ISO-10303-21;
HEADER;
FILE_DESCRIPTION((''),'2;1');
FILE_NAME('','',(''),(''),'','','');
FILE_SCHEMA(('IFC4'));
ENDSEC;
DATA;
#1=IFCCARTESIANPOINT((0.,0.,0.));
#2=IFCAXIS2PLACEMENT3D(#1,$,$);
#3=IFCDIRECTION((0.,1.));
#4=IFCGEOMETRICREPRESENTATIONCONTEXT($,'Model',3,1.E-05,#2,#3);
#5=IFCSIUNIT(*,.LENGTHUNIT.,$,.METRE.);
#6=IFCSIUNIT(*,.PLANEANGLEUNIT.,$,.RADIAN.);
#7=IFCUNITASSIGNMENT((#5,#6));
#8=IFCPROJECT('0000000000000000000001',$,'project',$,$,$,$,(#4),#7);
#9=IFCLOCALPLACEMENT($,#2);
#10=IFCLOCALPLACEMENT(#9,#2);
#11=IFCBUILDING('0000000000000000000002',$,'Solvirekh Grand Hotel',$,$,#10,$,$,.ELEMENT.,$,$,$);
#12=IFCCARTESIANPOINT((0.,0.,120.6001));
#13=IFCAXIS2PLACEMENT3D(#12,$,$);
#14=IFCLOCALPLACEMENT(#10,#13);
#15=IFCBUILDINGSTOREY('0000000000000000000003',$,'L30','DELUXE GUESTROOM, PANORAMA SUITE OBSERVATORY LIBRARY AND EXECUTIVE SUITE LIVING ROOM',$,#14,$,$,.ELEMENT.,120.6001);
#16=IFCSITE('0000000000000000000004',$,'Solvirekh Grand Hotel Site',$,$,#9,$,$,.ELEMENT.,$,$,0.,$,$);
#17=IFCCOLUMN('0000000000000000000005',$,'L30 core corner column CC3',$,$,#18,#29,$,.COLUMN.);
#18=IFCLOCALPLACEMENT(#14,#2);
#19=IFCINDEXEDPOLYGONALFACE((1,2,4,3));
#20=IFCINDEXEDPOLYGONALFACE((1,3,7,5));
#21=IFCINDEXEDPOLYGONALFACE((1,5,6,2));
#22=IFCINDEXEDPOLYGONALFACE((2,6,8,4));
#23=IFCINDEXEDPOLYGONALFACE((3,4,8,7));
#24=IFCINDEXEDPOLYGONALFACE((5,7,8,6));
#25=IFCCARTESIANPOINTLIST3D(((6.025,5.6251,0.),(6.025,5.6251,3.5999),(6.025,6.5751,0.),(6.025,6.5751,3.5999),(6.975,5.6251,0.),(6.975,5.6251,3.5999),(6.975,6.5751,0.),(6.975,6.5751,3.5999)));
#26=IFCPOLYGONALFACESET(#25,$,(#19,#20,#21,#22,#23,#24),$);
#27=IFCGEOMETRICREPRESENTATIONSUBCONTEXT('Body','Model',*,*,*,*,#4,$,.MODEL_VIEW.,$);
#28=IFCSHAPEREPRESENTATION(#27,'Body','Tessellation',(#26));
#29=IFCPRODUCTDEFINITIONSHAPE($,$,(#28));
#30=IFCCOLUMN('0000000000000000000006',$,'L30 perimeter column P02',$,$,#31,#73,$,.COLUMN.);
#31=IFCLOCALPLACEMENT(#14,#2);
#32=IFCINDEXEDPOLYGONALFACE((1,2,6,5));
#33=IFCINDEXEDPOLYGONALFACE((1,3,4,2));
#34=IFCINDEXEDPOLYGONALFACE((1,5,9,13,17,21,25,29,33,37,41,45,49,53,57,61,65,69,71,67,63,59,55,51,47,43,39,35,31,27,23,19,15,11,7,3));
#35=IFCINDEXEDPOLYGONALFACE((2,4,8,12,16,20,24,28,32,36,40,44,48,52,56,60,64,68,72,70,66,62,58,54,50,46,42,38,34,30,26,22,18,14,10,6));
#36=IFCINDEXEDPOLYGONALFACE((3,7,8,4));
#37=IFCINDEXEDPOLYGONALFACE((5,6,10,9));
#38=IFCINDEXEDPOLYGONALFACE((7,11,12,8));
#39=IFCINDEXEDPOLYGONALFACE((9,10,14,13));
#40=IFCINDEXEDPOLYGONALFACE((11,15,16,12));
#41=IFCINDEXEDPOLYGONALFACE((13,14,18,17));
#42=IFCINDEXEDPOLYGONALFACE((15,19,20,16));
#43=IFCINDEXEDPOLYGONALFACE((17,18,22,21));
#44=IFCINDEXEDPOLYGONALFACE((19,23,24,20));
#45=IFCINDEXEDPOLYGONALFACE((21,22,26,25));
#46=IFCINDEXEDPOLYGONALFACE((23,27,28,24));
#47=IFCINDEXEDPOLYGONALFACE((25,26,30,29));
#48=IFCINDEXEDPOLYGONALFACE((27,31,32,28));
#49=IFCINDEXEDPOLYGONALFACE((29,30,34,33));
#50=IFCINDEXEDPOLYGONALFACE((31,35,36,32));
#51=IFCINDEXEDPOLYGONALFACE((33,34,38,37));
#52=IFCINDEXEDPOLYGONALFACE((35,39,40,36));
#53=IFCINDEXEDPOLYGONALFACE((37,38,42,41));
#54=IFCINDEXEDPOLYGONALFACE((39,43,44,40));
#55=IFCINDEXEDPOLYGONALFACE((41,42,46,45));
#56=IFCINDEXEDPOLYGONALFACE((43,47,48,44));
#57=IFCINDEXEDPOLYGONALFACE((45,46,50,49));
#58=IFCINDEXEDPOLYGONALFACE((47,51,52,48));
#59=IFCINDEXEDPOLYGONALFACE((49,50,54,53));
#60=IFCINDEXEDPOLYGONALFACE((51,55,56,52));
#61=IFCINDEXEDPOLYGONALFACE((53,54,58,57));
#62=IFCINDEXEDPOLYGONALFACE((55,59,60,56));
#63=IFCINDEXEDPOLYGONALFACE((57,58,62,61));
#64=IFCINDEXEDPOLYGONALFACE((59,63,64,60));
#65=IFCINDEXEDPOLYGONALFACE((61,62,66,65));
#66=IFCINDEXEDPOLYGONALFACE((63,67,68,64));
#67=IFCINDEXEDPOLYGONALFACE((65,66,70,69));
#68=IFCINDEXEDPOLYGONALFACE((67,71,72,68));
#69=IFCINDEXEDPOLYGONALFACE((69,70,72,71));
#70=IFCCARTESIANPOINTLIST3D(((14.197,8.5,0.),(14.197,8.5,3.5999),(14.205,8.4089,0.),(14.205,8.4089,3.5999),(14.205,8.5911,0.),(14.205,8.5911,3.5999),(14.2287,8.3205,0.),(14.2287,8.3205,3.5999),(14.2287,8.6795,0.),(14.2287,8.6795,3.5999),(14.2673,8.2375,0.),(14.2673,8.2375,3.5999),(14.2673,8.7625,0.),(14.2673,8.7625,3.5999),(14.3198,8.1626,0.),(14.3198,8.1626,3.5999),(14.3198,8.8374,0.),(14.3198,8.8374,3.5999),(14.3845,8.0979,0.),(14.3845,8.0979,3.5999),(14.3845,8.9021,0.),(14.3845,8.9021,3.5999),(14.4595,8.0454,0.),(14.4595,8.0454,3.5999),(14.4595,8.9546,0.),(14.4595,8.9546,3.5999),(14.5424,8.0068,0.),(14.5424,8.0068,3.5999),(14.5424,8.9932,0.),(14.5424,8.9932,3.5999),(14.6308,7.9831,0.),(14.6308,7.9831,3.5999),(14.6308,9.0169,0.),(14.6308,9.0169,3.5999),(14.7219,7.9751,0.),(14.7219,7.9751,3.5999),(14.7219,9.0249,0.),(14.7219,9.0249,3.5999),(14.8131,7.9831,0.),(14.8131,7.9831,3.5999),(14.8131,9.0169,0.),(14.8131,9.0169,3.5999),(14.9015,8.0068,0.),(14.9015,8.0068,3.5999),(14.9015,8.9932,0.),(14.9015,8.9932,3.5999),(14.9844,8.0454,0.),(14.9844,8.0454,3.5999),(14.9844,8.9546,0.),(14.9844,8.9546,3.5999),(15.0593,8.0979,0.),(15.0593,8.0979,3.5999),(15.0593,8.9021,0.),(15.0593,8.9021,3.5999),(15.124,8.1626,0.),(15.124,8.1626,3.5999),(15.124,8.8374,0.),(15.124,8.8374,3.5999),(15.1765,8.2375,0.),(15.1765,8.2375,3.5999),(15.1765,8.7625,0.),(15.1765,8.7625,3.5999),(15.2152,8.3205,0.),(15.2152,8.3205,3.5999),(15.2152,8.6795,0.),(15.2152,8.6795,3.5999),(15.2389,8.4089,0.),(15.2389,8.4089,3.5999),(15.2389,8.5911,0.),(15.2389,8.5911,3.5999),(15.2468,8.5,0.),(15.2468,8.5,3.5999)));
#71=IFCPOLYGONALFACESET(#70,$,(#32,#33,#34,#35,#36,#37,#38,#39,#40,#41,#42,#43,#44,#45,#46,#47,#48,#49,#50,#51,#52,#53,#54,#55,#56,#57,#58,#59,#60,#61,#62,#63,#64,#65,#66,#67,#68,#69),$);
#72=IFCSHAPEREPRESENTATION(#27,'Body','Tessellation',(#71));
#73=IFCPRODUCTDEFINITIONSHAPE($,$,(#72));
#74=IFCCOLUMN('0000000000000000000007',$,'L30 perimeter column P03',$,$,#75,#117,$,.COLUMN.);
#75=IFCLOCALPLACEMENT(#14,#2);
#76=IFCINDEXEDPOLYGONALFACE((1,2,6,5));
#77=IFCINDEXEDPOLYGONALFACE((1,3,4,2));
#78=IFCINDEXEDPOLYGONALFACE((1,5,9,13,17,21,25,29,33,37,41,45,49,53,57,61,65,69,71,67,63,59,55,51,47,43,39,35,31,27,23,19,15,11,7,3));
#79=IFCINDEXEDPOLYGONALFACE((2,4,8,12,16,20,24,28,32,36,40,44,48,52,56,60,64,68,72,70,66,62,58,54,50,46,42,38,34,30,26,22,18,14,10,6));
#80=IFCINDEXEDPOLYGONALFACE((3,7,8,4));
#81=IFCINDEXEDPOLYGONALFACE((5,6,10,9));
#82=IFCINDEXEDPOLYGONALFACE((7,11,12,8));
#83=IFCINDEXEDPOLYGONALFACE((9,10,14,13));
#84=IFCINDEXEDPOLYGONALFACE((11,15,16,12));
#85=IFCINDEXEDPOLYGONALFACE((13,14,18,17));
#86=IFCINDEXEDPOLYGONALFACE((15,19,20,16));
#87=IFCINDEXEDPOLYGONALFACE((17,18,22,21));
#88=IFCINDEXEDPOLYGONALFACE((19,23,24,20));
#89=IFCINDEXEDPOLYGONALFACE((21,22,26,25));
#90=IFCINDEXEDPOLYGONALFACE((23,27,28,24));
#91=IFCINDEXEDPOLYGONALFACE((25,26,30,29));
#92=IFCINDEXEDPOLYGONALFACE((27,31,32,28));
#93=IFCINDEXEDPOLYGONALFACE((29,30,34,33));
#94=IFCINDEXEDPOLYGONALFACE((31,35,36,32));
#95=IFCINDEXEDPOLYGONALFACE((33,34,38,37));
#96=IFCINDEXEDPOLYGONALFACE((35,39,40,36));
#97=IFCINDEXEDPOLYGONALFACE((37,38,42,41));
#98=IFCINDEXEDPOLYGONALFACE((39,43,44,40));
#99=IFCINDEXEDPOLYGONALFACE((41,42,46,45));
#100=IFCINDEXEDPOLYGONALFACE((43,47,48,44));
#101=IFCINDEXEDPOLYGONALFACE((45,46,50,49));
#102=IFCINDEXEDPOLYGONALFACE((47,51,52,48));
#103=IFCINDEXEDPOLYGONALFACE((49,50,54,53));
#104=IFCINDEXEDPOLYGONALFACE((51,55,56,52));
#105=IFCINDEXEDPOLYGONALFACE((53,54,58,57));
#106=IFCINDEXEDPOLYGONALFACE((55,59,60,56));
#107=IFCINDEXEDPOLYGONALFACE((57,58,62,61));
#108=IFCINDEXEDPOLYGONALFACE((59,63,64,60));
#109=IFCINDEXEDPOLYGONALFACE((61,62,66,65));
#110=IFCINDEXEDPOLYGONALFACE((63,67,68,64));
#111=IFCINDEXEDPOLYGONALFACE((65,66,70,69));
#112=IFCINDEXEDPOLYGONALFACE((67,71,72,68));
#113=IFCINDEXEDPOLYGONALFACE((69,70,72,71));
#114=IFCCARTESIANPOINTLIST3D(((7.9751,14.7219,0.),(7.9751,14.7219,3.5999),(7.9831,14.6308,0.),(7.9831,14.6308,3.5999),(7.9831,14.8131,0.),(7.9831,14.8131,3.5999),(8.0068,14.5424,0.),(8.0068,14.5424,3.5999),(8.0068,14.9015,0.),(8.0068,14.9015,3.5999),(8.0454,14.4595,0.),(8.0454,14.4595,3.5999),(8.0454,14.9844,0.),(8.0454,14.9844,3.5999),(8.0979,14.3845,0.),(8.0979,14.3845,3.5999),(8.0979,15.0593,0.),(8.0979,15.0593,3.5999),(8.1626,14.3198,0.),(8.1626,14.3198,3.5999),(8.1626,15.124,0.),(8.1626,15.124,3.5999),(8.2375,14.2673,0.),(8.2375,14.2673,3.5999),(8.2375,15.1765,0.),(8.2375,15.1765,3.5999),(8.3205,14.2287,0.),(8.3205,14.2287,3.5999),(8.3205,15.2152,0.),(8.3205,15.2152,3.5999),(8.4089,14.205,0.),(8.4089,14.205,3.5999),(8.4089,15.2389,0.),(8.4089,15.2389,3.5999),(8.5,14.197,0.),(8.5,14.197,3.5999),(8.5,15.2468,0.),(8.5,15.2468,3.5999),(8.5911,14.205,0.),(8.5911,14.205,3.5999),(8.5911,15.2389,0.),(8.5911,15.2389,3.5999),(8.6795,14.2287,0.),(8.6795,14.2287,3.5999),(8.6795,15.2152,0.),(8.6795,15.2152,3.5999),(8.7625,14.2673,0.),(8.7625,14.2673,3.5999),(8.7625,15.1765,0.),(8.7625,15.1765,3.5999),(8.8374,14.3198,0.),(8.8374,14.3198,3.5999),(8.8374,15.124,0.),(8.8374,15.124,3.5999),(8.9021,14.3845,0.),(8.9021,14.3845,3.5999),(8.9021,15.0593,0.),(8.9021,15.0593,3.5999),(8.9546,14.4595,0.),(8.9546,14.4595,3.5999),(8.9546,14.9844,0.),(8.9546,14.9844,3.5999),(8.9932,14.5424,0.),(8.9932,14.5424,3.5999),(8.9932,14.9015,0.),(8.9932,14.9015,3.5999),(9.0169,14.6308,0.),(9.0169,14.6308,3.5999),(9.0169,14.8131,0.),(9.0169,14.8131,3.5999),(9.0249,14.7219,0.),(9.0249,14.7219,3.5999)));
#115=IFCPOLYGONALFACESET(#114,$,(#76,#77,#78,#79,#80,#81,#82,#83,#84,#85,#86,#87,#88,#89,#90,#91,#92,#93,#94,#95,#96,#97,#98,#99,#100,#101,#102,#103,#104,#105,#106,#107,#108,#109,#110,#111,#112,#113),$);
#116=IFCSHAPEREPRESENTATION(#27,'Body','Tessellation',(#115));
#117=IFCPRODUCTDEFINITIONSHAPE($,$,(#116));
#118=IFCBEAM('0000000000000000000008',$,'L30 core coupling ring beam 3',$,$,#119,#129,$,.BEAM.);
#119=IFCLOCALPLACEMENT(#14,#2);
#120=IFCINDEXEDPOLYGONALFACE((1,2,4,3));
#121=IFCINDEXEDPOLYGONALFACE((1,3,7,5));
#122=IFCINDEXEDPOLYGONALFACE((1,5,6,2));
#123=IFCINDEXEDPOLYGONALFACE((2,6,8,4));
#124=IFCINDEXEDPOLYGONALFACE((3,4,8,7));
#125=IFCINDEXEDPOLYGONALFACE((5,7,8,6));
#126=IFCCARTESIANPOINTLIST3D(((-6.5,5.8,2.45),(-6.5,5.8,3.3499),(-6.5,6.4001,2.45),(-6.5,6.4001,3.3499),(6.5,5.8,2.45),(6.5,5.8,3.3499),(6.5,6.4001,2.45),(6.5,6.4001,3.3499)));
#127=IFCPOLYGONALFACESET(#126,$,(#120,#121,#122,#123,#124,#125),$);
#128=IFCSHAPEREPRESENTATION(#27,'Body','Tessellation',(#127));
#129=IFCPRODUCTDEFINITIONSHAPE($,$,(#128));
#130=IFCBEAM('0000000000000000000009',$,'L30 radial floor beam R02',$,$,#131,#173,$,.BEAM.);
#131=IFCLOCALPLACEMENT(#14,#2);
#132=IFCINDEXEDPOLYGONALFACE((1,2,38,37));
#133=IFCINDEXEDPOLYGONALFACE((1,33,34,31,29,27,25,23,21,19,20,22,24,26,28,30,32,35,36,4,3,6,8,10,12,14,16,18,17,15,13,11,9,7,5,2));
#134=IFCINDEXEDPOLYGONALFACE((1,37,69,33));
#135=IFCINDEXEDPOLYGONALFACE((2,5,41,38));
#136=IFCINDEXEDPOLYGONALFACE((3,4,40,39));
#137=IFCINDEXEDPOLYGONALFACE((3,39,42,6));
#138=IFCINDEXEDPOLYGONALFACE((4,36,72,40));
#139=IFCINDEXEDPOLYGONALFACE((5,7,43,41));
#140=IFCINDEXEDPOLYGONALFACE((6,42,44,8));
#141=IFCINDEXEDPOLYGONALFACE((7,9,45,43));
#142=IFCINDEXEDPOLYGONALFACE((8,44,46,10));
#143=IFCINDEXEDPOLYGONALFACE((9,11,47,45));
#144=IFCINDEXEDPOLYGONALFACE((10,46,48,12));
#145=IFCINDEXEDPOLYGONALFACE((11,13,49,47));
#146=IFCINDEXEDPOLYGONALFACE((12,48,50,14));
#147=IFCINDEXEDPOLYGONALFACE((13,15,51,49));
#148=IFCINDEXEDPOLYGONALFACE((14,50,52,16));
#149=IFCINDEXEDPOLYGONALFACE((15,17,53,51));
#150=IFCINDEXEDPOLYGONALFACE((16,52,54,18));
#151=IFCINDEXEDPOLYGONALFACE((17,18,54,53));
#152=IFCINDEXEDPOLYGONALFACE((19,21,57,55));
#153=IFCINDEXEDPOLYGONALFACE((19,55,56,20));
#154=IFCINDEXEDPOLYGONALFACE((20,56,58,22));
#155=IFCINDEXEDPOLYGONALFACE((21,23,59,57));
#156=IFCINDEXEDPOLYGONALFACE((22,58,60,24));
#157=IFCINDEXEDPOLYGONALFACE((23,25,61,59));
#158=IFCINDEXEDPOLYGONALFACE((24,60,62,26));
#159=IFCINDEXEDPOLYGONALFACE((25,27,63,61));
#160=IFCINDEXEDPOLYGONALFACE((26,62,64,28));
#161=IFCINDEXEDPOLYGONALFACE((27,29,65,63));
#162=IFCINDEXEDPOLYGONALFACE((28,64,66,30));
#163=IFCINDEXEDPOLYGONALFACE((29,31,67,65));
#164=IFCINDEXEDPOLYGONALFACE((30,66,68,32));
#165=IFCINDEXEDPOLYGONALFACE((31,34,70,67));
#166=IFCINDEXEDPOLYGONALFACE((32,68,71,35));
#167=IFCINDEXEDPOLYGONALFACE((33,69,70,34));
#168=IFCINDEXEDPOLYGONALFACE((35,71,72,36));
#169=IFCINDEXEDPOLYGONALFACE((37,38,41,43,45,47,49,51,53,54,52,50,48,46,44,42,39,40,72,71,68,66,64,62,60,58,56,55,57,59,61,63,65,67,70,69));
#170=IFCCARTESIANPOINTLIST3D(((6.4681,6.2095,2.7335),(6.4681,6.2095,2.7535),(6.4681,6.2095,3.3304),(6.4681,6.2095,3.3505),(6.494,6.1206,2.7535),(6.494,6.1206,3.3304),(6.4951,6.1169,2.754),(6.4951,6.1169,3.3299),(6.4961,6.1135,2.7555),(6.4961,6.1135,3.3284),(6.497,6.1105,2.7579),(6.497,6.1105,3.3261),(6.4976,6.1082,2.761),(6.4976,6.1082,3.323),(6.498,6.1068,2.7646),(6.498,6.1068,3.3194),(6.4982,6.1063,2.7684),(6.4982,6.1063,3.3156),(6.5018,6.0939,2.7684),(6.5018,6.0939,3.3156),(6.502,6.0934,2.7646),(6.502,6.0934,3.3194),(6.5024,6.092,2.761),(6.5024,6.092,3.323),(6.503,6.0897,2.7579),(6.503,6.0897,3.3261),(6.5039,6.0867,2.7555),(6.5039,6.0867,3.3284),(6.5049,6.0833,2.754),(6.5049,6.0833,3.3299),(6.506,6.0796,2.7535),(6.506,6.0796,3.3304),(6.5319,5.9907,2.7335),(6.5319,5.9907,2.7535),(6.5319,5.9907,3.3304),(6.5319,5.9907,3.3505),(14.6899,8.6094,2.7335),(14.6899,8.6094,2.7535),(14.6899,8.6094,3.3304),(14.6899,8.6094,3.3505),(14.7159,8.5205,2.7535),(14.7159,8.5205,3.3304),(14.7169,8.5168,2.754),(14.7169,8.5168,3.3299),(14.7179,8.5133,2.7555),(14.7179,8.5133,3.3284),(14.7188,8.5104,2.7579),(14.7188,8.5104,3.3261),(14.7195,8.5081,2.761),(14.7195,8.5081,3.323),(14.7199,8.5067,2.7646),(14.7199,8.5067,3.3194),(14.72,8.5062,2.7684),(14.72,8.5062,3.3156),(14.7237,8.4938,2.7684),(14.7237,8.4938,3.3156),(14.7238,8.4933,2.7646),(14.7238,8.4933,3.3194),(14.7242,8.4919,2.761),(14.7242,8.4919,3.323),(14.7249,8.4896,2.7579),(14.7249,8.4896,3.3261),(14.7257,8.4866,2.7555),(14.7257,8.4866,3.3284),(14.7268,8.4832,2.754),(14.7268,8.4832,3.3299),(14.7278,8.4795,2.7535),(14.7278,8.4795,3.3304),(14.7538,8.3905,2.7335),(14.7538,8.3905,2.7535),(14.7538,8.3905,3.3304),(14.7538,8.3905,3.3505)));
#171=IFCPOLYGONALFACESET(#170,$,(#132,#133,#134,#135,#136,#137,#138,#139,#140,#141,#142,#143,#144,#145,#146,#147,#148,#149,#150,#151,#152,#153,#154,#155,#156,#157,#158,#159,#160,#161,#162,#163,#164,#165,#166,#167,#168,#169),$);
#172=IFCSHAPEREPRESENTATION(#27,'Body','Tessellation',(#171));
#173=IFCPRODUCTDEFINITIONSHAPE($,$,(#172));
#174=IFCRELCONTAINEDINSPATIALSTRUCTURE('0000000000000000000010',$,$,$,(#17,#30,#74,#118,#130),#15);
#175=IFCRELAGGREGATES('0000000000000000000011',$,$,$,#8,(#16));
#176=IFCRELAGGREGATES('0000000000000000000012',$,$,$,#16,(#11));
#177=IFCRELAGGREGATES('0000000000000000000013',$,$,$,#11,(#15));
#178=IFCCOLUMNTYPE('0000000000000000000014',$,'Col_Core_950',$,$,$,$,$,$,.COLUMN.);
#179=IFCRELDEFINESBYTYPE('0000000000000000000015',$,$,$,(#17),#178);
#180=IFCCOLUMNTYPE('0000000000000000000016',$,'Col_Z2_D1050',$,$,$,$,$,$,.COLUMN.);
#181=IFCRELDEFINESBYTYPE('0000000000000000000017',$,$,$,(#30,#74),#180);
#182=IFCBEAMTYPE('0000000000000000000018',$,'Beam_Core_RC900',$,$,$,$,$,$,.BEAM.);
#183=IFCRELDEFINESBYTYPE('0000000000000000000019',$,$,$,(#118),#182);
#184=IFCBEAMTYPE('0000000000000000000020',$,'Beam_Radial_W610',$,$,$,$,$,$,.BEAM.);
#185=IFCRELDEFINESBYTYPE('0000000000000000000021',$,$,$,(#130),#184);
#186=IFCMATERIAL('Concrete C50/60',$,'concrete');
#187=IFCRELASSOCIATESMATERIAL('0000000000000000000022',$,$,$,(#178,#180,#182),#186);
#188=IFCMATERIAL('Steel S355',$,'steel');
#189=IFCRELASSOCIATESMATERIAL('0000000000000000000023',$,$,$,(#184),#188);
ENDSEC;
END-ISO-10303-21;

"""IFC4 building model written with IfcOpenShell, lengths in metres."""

from ifc_helpers import new_model, si_unit, direction, frame, origin, origin_2d, place, context, subcontext, project, spatial, rectangle, circle, i_section, extrude, material, material_profile, profile_set, type_object, element, save


model = new_model("IFC4")

# Units and contexts
model_context = context("Model", 3, precision=1e-05, world=origin(), true_north=direction((0.0, 1.0)))
body_context = subcontext(model_context, "Body", "Model", "MODEL_VIEW")
ifc_project = project(units=[si_unit("LENGTHUNIT", "METRE"), si_unit("PLANEANGLEUNIT", "RADIAN")], contexts=[model_context])

# Site, building, storey
site_placement = place(None, origin())
site = spatial("IfcSite", under=ifc_project, at=site_placement, Name="Solvirekh Grand Hotel Site", CompositionType="ELEMENT", RefElevation=0.0)
building_placement = place(site_placement, origin())
building = spatial("IfcBuilding", under=site, at=building_placement, Name="Solvirekh Grand Hotel", CompositionType="ELEMENT")
storey_placement = place(building_placement, frame((0.0, 0.0, 120.6001)))
storey = spatial("IfcBuildingStorey", under=building, at=storey_placement, Name="L30", Description="DELUXE GUESTROOM, PANORAMA SUITE OBSERVATORY LIBRARY AND EXECUTIVE SUITE LIVING ROOM", CompositionType="ELEMENT", Elevation=120.6001)

# Columns
ifc_material_1 = material(Name="Concrete C50/60", Category="concrete")
ifc_material_profile_1 = material_profile(ifc_material_1, rectangle(XDim=0.95, YDim=0.95, at=origin_2d()), Name="RC 950X950")
ifc_profile_set_1 = profile_set([ifc_material_profile_1], Name="Concrete C50/60")
column_type_1 = type_object("IfcColumnType", Name="Col_Core_950", PredefinedType="COLUMN", material=ifc_profile_set_1)
column_placement = place(storey_placement, frame((6.5, 6.1001, 0.0), z_axis=(0.0, 0.0, 1.0), x_axis=(1.0, 0.0, 0.0)))
element("IfcColumn", 1, at=column_placement, inside=storey, type_object=column_type_1, Name="L30 core corner column CC3", PredefinedType="COLUMN", context=body_context, shape_type="SweptSolid", body=[
    extrude(rectangle(XDim=0.95, YDim=0.95, at=origin_2d()), origin(), (0.0, 0.0, 1.0), 3.5999),
])
ifc_material_profile_2 = material_profile(ifc_material_1, circle(Radius=0.5249, at=origin_2d()), Name="RC CIRC D1050")
ifc_profile_set_2 = profile_set([ifc_material_profile_2], Name="Concrete C50/60")
column_type_2 = type_object("IfcColumnType", Name="Col_Z2_D1050", PredefinedType="COLUMN", material=ifc_profile_set_2)
for number, where, z_axis, x_axis, name in (
    (2, (14.7219, 8.5, 0.0), (0.0, 0.0, 1.0), (1.0, 0.0, 0.0), "L30 perimeter column P02"),
    (3, (8.5, 14.7219, 0.0), (0.0, 0.0, 1.0), (1.0, 0.0, 0.0), "L30 perimeter column P03"),
):
    element("IfcColumn", number, at=place(storey_placement, frame(where, z_axis=z_axis, x_axis=x_axis)), inside=storey, type_object=column_type_2, Name=name, PredefinedType="COLUMN", context=body_context, shape_type="SweptSolid", body=[
        extrude(circle(Radius=0.5249, at=origin_2d()), origin(), (0.0, 0.0, 1.0), 3.5999),
    ])

# Beams
ifc_material_profile_3 = material_profile(ifc_material_1, rectangle(XDim=0.6001, YDim=0.8999, at=origin_2d()), Name="RC BEAM 600X900")
ifc_profile_set_3 = profile_set([ifc_material_profile_3], Name="Concrete C50/60")
beam_type_1 = type_object("IfcBeamType", Name="Beam_Core_RC900", PredefinedType="BEAM", material=ifc_profile_set_3)
beam_1_placement = place(storey_placement, frame((6.5, 6.1001, 2.8999), z_axis=(-1.0, 0.0, 0.0), x_axis=(0.0, -1.0, 0.0)))
element("IfcBeam", 4, at=beam_1_placement, inside=storey, type_object=beam_type_1, Name="L30 core coupling ring beam 3", PredefinedType="BEAM", context=body_context, shape_type="SweptSolid", body=[
    extrude(rectangle(XDim=0.6001, YDim=0.8999, at=origin_2d()), origin(), (0.0, 0.0, 1.0), 13.0),
])
ifc_material_2 = material(Name="Steel S355", Category="steel")
ifc_material_profile_4 = material_profile(ifc_material_2, i_section(OverallWidth=0.228, OverallDepth=0.6169, WebThickness=0.0129, FlangeThickness=0.02, FilletRadius=0.0149, at=origin_2d()), Name="W610X140")
ifc_profile_set_4 = profile_set([ifc_material_profile_4], Name="Steel S355")
beam_type_2 = type_object("IfcBeamType", Name="Beam_Radial_W610", PredefinedType="BEAM", material=ifc_profile_set_4)
beam_2_placement = place(storey_placement, frame((6.5, 6.1001, 3.042), z_axis=(0.959942, 0.280198, 0.0), x_axis=(-0.280198, 0.959942, 0.0)))
element("IfcBeam", 5, at=beam_2_placement, inside=storey, type_object=beam_type_2, Name="L30 radial floor beam R02", PredefinedType="BEAM", context=body_context, shape_type="SweptSolid", body=[
    extrude(i_section(OverallWidth=0.228, OverallDepth=0.6169, WebThickness=0.0129, FlangeThickness=0.02, FilletRadius=0.0149, at=origin_2d()), origin(), (0.0, 0.0, 1.0), 8.5649),
])

save(model, "model.ifc")
